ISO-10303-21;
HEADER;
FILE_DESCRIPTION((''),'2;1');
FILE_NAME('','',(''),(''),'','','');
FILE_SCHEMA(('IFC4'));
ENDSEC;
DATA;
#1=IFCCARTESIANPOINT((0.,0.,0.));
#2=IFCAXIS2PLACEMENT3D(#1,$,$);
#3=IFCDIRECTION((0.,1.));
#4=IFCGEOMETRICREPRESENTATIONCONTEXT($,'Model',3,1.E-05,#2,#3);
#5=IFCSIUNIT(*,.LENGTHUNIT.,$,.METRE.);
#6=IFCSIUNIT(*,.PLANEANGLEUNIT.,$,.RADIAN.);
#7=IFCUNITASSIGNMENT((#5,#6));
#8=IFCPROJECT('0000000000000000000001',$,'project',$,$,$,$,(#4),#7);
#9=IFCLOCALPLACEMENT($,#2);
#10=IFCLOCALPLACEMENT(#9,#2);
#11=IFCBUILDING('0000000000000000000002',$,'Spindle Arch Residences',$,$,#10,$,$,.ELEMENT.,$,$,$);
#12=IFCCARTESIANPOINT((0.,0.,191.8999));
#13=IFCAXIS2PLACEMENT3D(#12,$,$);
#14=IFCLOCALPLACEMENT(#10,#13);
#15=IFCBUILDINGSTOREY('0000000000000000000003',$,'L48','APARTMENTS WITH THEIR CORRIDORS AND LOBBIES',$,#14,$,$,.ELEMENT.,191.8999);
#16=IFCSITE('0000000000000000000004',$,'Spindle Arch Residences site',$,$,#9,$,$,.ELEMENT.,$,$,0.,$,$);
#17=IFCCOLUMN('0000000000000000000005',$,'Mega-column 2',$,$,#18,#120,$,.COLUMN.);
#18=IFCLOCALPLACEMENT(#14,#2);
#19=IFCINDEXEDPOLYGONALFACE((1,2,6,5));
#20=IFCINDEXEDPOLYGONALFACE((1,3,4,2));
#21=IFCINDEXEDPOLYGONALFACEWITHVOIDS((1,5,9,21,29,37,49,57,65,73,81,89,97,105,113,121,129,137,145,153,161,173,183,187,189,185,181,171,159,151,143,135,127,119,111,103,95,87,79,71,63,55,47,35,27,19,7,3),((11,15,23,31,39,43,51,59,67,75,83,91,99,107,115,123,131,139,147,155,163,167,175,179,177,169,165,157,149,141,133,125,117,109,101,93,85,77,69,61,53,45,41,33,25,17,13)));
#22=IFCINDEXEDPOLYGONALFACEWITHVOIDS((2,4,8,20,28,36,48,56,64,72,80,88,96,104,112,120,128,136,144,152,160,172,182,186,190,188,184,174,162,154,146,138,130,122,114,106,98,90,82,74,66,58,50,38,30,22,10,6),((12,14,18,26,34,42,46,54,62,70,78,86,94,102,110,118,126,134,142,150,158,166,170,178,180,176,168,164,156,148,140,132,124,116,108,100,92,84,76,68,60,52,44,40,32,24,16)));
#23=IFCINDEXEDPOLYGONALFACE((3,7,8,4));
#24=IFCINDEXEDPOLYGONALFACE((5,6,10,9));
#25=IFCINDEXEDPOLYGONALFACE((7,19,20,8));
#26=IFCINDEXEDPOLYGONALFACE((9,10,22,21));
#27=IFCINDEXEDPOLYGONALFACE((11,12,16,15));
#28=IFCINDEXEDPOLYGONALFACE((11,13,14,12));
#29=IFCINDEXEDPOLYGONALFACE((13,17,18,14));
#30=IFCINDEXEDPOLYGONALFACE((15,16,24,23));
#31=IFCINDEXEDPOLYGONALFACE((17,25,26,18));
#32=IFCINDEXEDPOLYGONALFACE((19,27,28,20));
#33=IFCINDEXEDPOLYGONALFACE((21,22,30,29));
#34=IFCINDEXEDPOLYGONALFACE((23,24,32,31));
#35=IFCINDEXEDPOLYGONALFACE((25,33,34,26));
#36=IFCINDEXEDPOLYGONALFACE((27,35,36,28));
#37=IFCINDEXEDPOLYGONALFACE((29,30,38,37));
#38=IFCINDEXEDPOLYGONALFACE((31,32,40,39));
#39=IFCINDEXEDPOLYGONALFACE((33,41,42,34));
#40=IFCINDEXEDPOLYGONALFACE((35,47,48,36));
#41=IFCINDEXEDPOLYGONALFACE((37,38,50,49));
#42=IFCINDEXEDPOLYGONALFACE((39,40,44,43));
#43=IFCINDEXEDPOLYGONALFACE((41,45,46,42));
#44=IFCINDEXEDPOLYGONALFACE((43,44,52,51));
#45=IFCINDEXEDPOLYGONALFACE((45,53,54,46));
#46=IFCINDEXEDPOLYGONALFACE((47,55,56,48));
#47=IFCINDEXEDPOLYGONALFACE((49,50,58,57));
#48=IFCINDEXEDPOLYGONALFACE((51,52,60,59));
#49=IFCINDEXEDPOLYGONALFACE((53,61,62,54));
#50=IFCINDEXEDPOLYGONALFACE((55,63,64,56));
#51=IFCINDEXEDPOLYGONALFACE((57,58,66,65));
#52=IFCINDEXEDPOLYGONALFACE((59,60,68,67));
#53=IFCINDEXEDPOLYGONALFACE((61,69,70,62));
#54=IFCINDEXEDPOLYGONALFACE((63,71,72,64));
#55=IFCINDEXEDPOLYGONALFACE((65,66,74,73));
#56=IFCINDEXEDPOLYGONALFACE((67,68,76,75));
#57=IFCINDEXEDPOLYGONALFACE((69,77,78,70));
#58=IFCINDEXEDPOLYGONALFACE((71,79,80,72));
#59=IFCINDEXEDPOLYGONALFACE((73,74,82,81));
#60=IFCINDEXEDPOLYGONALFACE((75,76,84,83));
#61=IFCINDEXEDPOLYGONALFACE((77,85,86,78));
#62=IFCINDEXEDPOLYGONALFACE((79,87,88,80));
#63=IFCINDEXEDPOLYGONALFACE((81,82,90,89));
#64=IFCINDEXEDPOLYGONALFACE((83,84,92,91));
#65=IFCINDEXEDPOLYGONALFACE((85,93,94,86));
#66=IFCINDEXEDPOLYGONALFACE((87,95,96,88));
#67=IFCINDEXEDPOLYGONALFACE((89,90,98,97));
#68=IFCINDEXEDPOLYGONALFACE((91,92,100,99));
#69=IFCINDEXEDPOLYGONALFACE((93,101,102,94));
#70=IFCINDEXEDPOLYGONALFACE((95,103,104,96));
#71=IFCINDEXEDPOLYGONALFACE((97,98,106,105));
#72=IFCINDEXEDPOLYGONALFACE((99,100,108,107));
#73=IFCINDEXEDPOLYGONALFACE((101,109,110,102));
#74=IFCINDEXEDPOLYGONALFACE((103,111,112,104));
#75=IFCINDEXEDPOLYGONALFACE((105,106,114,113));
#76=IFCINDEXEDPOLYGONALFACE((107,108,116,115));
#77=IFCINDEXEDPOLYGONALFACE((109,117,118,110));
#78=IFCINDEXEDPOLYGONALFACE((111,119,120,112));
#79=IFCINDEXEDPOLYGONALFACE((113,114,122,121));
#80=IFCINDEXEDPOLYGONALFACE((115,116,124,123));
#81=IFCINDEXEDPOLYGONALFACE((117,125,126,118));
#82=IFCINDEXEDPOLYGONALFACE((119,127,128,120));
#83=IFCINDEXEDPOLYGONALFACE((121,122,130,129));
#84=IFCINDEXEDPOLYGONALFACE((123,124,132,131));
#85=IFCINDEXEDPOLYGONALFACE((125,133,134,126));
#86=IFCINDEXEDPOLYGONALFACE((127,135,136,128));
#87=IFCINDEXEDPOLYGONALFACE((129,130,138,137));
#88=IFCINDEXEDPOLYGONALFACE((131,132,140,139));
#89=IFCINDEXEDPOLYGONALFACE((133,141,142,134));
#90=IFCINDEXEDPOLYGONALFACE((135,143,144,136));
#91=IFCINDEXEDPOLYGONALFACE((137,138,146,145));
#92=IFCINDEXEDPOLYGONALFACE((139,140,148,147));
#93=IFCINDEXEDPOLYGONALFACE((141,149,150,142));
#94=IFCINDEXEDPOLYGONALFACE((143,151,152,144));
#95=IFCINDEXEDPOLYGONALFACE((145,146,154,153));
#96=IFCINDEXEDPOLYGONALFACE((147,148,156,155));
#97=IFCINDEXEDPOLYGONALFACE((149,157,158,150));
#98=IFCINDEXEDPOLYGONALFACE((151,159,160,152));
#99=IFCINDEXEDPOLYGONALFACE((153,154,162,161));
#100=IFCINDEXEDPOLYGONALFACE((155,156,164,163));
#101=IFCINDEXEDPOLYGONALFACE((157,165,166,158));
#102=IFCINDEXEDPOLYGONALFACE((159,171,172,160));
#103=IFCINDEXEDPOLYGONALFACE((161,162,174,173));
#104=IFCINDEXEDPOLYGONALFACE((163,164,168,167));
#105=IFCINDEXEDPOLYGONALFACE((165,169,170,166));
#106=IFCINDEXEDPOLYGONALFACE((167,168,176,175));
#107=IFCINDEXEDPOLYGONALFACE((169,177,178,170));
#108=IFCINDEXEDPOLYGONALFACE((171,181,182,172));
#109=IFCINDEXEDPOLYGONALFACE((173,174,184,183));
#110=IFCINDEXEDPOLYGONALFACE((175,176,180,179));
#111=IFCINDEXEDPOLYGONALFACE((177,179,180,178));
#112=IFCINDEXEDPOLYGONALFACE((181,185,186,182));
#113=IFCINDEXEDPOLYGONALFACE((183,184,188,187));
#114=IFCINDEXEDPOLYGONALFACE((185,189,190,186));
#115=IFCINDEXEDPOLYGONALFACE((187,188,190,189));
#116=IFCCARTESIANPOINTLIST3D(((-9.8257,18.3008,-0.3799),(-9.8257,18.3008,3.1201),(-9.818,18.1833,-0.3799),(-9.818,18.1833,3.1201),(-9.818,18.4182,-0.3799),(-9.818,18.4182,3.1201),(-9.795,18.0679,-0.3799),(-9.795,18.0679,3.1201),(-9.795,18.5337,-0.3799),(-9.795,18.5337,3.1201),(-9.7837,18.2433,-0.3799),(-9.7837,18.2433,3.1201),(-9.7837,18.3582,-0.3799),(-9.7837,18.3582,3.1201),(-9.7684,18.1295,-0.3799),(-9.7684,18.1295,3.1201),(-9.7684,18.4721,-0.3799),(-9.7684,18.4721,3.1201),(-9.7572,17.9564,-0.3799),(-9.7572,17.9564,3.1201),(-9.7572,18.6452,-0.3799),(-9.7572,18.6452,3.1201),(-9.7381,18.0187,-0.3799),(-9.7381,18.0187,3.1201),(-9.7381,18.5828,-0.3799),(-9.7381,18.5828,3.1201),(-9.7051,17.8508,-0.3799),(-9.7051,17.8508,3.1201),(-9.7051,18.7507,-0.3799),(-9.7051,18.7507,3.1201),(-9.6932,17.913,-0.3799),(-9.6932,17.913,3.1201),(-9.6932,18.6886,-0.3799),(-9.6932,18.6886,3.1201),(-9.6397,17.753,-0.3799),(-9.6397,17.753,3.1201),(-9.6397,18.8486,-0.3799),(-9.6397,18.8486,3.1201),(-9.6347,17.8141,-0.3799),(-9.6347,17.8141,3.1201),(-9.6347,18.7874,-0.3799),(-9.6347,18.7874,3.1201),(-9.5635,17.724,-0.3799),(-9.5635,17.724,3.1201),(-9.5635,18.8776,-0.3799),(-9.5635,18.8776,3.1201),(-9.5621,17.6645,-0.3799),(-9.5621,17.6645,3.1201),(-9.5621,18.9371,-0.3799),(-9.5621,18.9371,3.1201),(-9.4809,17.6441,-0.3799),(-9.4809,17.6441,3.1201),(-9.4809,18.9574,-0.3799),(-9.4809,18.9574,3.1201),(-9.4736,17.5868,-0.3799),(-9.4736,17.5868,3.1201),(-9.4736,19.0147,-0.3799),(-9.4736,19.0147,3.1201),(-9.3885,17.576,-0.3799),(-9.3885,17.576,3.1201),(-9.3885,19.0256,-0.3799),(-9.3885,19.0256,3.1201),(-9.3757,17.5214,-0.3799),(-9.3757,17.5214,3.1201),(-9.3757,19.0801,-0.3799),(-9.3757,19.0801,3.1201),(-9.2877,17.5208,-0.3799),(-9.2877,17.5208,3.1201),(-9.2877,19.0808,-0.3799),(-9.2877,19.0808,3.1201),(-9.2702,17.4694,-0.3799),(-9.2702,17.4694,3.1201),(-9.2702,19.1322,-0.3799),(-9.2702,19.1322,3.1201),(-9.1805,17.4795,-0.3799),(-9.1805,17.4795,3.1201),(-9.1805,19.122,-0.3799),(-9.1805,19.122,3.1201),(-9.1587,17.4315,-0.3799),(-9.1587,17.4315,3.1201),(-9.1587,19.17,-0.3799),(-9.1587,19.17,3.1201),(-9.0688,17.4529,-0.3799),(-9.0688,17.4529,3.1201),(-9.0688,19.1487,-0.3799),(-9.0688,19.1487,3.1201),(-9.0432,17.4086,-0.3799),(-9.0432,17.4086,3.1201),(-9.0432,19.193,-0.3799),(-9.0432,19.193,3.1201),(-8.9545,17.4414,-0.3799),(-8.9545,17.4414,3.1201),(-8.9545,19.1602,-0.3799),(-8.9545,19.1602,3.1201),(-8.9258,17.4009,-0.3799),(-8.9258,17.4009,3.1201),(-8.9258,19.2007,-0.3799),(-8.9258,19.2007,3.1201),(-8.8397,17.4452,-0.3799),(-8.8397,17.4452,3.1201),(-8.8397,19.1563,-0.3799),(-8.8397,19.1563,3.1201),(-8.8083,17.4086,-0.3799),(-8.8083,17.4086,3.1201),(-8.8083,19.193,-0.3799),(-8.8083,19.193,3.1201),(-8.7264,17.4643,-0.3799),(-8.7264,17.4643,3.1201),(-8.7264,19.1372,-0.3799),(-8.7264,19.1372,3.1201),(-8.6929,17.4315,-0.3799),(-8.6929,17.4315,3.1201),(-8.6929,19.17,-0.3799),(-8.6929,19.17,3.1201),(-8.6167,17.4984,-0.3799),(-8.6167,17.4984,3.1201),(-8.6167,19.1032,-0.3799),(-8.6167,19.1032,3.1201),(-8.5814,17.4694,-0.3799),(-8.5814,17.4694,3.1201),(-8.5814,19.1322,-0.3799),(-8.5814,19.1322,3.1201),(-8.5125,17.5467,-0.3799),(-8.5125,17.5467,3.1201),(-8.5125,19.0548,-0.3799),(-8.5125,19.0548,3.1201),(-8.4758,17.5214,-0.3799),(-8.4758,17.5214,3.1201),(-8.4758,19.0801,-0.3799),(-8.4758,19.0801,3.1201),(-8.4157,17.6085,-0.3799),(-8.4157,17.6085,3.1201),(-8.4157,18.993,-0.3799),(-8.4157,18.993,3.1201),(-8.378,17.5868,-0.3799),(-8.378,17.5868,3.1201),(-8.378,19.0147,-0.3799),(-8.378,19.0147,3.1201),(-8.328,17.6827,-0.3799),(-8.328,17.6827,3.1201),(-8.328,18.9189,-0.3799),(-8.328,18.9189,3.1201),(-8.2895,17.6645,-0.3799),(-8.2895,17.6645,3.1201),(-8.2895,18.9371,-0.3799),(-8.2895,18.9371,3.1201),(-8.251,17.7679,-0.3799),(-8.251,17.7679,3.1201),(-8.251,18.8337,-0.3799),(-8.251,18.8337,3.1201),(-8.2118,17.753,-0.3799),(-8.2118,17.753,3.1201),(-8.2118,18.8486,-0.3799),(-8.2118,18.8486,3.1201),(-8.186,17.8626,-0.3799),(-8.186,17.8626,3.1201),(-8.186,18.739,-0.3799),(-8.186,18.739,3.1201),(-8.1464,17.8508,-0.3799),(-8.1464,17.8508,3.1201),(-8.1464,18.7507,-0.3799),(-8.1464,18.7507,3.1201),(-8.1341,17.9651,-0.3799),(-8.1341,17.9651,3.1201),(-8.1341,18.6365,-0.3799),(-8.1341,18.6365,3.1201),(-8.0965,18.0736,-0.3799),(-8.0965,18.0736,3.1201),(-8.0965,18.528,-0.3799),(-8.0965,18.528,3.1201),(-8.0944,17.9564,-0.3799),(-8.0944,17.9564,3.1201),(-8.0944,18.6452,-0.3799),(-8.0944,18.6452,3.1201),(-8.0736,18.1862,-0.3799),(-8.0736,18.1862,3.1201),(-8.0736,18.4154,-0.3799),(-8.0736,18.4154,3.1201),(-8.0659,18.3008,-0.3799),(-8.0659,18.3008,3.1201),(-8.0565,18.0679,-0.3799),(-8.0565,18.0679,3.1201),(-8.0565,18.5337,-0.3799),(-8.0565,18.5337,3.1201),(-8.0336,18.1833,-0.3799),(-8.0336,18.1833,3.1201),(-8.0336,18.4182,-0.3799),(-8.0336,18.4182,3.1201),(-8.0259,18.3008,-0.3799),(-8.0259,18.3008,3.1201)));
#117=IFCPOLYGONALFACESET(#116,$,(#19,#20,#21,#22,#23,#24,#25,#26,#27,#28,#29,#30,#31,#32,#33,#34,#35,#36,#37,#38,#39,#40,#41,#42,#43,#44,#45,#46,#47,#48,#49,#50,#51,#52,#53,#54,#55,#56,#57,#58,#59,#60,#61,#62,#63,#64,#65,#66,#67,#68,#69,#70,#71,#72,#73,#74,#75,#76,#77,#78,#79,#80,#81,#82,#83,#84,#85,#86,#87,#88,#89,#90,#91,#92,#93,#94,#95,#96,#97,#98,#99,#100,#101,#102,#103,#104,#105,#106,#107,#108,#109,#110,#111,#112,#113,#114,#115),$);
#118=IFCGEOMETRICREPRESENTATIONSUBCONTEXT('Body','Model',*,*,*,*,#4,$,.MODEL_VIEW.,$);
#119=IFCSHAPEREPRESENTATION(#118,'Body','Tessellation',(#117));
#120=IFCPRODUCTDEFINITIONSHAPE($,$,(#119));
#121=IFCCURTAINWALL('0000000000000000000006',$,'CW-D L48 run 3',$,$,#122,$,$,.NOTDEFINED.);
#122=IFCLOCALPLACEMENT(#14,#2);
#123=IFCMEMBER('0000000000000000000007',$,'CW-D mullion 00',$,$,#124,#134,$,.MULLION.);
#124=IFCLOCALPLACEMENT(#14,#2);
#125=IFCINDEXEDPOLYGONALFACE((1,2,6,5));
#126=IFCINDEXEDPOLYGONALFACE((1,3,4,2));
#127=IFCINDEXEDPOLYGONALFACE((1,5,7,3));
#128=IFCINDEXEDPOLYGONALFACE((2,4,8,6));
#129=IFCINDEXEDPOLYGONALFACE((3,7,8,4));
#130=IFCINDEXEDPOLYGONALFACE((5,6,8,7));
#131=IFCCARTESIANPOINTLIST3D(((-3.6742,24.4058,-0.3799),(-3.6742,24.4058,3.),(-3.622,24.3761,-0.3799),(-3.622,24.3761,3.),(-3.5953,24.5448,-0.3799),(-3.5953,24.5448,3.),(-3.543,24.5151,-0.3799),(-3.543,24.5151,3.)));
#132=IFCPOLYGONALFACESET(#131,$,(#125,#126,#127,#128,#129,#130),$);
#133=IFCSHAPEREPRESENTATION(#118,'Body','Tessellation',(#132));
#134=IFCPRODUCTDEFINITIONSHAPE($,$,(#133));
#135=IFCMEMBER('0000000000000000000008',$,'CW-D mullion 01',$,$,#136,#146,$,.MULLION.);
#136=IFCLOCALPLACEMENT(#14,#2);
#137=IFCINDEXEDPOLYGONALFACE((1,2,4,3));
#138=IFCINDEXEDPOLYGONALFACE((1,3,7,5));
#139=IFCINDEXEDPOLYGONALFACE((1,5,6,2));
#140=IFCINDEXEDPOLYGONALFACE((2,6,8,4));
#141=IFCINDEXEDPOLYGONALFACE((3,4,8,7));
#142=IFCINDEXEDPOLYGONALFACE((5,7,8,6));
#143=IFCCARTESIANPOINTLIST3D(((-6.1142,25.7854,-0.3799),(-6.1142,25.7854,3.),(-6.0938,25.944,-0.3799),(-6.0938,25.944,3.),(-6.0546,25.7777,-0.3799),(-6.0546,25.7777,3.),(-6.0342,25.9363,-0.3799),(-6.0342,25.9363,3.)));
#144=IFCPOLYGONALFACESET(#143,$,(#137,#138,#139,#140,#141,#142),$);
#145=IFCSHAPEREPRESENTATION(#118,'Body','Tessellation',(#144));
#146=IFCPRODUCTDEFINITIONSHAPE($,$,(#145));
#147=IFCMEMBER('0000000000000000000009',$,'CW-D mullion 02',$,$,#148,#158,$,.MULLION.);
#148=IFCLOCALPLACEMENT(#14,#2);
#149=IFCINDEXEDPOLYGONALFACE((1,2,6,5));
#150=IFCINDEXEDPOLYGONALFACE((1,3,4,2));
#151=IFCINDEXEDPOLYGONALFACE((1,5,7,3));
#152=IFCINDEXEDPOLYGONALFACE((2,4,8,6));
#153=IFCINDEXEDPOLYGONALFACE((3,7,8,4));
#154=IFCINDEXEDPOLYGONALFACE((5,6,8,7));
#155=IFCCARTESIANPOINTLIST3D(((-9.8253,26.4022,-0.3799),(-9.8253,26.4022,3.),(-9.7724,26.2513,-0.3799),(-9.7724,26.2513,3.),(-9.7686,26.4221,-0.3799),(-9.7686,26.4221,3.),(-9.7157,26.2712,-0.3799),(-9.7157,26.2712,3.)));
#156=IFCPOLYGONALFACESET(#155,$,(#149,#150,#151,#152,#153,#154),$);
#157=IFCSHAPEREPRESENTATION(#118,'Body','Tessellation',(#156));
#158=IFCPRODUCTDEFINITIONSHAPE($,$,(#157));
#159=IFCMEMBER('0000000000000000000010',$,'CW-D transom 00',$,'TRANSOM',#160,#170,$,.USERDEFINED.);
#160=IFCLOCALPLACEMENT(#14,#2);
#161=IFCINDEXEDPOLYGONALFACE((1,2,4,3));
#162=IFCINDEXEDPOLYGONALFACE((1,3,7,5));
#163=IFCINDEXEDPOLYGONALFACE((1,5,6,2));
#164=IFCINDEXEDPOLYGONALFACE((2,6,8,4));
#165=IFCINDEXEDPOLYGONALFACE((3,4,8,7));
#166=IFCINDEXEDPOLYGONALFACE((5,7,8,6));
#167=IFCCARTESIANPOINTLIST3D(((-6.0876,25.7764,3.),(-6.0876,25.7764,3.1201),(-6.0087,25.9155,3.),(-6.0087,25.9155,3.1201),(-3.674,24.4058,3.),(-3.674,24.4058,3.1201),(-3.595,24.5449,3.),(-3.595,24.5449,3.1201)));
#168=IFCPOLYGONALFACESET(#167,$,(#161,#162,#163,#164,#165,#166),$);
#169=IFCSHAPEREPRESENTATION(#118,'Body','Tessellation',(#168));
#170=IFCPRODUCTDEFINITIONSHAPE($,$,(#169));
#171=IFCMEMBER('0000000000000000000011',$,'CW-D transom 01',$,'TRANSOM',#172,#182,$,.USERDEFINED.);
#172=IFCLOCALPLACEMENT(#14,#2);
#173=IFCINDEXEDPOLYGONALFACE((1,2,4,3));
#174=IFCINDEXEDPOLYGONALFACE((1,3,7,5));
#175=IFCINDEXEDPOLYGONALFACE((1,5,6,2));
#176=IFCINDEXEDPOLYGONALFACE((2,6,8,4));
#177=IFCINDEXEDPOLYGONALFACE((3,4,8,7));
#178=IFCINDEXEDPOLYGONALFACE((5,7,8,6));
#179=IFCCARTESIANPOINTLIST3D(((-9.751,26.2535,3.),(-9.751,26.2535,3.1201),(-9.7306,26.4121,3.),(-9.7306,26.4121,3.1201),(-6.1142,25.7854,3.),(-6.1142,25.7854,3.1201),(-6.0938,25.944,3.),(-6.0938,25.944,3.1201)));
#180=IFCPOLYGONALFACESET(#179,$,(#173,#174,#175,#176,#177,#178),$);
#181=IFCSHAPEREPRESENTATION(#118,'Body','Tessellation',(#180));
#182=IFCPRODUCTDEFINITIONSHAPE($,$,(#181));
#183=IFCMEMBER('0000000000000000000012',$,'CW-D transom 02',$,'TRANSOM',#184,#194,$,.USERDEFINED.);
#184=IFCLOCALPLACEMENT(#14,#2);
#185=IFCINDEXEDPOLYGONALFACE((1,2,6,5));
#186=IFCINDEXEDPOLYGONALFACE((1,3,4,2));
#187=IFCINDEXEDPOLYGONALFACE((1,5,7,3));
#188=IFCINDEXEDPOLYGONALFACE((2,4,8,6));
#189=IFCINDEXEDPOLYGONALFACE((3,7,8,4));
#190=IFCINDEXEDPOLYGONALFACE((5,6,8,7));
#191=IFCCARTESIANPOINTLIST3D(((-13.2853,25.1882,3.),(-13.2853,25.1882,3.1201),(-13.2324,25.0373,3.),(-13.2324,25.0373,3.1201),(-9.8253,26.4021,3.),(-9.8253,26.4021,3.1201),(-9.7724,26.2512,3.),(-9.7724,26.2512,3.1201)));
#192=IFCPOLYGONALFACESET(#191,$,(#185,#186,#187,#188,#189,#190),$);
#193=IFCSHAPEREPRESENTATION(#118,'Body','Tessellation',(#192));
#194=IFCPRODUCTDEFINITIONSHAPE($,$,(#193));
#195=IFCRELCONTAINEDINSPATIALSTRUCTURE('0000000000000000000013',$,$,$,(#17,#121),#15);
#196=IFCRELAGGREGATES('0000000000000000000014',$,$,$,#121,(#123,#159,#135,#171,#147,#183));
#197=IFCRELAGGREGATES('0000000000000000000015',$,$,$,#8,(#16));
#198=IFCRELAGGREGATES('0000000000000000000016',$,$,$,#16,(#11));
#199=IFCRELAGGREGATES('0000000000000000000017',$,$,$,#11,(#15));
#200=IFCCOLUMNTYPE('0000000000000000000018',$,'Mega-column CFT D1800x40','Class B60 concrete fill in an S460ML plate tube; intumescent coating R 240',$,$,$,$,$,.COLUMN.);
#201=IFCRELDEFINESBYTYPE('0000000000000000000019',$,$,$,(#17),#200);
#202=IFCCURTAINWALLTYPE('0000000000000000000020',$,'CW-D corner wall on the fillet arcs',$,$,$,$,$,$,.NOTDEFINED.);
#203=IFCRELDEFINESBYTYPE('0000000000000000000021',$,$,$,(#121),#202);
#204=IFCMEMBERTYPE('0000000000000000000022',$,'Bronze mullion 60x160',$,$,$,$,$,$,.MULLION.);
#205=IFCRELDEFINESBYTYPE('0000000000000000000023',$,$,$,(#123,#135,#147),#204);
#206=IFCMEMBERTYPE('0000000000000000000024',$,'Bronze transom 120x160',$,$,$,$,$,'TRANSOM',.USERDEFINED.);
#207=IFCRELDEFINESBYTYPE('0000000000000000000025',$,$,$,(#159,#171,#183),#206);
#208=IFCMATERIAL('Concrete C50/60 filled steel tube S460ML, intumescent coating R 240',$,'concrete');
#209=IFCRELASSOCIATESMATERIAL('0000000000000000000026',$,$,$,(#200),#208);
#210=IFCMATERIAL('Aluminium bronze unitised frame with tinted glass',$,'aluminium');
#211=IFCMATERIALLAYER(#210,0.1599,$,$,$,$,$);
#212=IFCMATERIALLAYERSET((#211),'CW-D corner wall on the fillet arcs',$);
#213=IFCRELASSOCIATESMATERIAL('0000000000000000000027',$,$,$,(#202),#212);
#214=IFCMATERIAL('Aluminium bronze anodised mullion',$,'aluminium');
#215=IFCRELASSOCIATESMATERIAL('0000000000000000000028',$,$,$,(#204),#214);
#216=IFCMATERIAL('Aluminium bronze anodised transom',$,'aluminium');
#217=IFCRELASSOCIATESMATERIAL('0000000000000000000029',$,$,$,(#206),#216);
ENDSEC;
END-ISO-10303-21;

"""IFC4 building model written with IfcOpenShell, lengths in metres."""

from ifc_helpers import new_model, si_unit, direction, frame, origin, origin_2d, place, context, subcontext, project, spatial, rectangle, hollow_circle, extrude, material, layer, layer_set, material_profile, profile_set, type_object, element, aggregate, save


model = new_model("IFC4")

# Units and contexts
model_context = context("Model", 3, precision=1e-05, world=origin(), true_north=direction((0.0, 1.0)))
body_context = subcontext(model_context, "Body", "Model", "MODEL_VIEW")
ifc_project = project(units=[si_unit("LENGTHUNIT", "METRE"), si_unit("PLANEANGLEUNIT", "RADIAN")], contexts=[model_context])

# Site, building, storey
site_placement = place(None, origin())
site = spatial("IfcSite", under=ifc_project, at=site_placement, Name="Spindle Arch Residences site", CompositionType="ELEMENT", RefElevation=0.0)
building_placement = place(site_placement, origin())
building = spatial("IfcBuilding", under=site, at=building_placement, Name="Spindle Arch Residences", CompositionType="ELEMENT")
storey_placement = place(building_placement, frame((0.0, 0.0, 191.8999)))
storey = spatial("IfcBuildingStorey", under=building, at=storey_placement, Name="L48", Description="APARTMENTS WITH THEIR CORRIDORS AND LOBBIES", CompositionType="ELEMENT", Elevation=191.8999)

# Column
ifc_material_1 = material(Name="Concrete C50/60 filled steel tube S460ML, intumescent coating R 240", Category="concrete")
ifc_material_profile_1 = material_profile(ifc_material_1, hollow_circle(Radius=0.8999, WallThickness=0.04, at=origin_2d()), Name="CFT D1800x40")
ifc_profile_set_1 = profile_set([ifc_material_profile_1], Name="Concrete C50/60 filled steel tube S460ML, intumescent coating R 240")
column_type_1 = type_object("IfcColumnType", Name="Mega-column CFT D1800x40", Description="Class B60 concrete fill in an S460ML plate tube; intumescent coating R 240", PredefinedType="COLUMN", material=ifc_profile_set_1)
column_placement = place(storey_placement, frame((-8.9258, 18.3008, -0.3799), z_axis=(0.0, 0.0, 1.0), x_axis=(1.0, 0.0, 0.0)))
element("IfcColumn", 1, at=column_placement, inside=storey, type_object=column_type_1, Name="Mega-column 2", PredefinedType="COLUMN", context=body_context, shape_type="SweptSolid", body=[
    extrude(hollow_circle(Radius=0.8999, WallThickness=0.04, at=origin_2d()), origin(), (0.0, 0.0, 1.0), 3.5),
])

# Curtain wall, members
ifc_material_2 = material(Name="Aluminium bronze unitised frame with tinted glass", Category="aluminium")
ifc_layer_1 = layer(ifc_material_2, 0.1599)
ifc_layer_set_1 = layer_set([ifc_layer_1], Name="CW-D corner wall on the fillet arcs")
curtain_wall_type = type_object("IfcCurtainWallType", Name="CW-D corner wall on the fillet arcs", PredefinedType="NOTDEFINED", material=ifc_layer_set_1)
curtain_wall_placement = place(storey_placement, origin())
curtain_wall = element("IfcCurtainWall", 2, at=curtain_wall_placement, inside=storey, type_object=curtain_wall_type, Name="CW-D L48 run 3", PredefinedType="NOTDEFINED")
ifc_material_3 = material(Name="Aluminium bronze anodised mullion", Category="aluminium")
ifc_material_profile_2 = material_profile(ifc_material_3, rectangle(XDim=0.1599, YDim=0.0601, at=origin_2d()), Name="MU 60x160")
ifc_profile_set_2 = profile_set([ifc_material_profile_2], Name="Aluminium bronze anodised mullion")
member_type_1 = type_object("IfcMemberType", Name="Bronze mullion 60x160", PredefinedType="MULLION", material=ifc_profile_set_2)
member_1_placement = place(storey_placement, frame((-3.6086, 24.4604, -0.3799), z_axis=(0.0, 0.0, 1.0), x_axis=(-0.493865, -0.869539, 0.0)))
member_1 = element("IfcMember", 3, at=member_1_placement, type_object=member_type_1, Name="CW-D mullion 00", PredefinedType="MULLION", context=body_context, shape_type="SweptSolid", body=[
    extrude(rectangle(XDim=0.1599, YDim=0.0601, at=origin_2d()), origin(), (0.0, 0.0, 1.0), 3.3799),
])
member_2_placement = place(storey_placement, frame((-6.0742, 25.8608, -0.3799), z_axis=(0.0, 0.0, 1.0), x_axis=(-0.127642, -0.99182, 0.0)))
member_2 = element("IfcMember", 4, at=member_2_placement, type_object=member_type_1, Name="CW-D mullion 01", PredefinedType="MULLION", context=body_context, shape_type="SweptSolid", body=[
    extrude(rectangle(XDim=0.1599, YDim=0.0601, at=origin_2d()), origin(), (0.0, 0.0, 1.0), 3.3799),
])
member_3_placement = place(storey_placement, frame((-9.7705, 26.3367, -0.3799), z_axis=(0.0, 0.0, 1.0), x_axis=(0.331063, -0.943609, 0.0)))
member_3 = element("IfcMember", 5, at=member_3_placement, type_object=member_type_1, Name="CW-D mullion 02", PredefinedType="MULLION", context=body_context, shape_type="SweptSolid", body=[
    extrude(rectangle(XDim=0.1599, YDim=0.0601, at=origin_2d()), origin(), (0.0, 0.0, 1.0), 3.3799),
])
ifc_material_4 = material(Name="Aluminium bronze anodised transom", Category="aluminium")
ifc_material_profile_3 = material_profile(ifc_material_4, rectangle(XDim=0.1599, YDim=0.1201, at=origin_2d()), Name="TR 120x160")
ifc_profile_set_3 = profile_set([ifc_material_profile_3], Name="Aluminium bronze anodised transom")
member_type_2 = type_object("IfcMemberType", Name="Bronze transom 120x160", ElementType="TRANSOM", PredefinedType="USERDEFINED", material=ifc_profile_set_3)
member_4_placement = place(storey_placement, frame((-3.6345, 24.4753, 3.0601), z_axis=(-0.869572, 0.493807, 0.0), x_axis=(-0.493807, -0.869572, 0.0)))
member_4 = element("IfcMember", 6, at=member_4_placement, type_object=member_type_2, Name="CW-D transom 00", ObjectType="TRANSOM", PredefinedType="USERDEFINED", context=body_context, shape_type="SweptSolid", body=[
    extrude(rectangle(XDim=0.1599, YDim=0.1201, at=origin_2d()), origin(), (0.0, 0.0, 1.0), 2.7756),
])
member_5_placement = place(storey_placement, frame((-6.104, 25.8647, 3.0601), z_axis=(-0.991821, 0.12764, 0.0), x_axis=(-0.12764, -0.991821, 0.0)))
member_5 = element("IfcMember", 7, at=member_5_placement, type_object=member_type_2, Name="CW-D transom 01", ObjectType="TRANSOM", PredefinedType="USERDEFINED", context=body_context, shape_type="SweptSolid", body=[
    extrude(rectangle(XDim=0.1599, YDim=0.1201, at=origin_2d()), origin(), (0.0, 0.0, 1.0), 3.6667),
])
member_6_placement = place(storey_placement, frame((-9.7988, 26.3267, 3.0601), z_axis=(-0.943613, -0.33105, 0.0), x_axis=(0.33105, -0.943613, 0.0)))
member_6 = element("IfcMember", 8, at=member_6_placement, type_object=member_type_2, Name="CW-D transom 02", ObjectType="TRANSOM", PredefinedType="USERDEFINED", context=body_context, shape_type="SweptSolid", body=[
    extrude(rectangle(XDim=0.1599, YDim=0.1201, at=origin_2d()), origin(), (0.0, 0.0, 1.0), 3.6667),
])

aggregate(curtain_wall, [member_1, member_4, member_2, member_5, member_3, member_6])

save(model, "model.ifc")
